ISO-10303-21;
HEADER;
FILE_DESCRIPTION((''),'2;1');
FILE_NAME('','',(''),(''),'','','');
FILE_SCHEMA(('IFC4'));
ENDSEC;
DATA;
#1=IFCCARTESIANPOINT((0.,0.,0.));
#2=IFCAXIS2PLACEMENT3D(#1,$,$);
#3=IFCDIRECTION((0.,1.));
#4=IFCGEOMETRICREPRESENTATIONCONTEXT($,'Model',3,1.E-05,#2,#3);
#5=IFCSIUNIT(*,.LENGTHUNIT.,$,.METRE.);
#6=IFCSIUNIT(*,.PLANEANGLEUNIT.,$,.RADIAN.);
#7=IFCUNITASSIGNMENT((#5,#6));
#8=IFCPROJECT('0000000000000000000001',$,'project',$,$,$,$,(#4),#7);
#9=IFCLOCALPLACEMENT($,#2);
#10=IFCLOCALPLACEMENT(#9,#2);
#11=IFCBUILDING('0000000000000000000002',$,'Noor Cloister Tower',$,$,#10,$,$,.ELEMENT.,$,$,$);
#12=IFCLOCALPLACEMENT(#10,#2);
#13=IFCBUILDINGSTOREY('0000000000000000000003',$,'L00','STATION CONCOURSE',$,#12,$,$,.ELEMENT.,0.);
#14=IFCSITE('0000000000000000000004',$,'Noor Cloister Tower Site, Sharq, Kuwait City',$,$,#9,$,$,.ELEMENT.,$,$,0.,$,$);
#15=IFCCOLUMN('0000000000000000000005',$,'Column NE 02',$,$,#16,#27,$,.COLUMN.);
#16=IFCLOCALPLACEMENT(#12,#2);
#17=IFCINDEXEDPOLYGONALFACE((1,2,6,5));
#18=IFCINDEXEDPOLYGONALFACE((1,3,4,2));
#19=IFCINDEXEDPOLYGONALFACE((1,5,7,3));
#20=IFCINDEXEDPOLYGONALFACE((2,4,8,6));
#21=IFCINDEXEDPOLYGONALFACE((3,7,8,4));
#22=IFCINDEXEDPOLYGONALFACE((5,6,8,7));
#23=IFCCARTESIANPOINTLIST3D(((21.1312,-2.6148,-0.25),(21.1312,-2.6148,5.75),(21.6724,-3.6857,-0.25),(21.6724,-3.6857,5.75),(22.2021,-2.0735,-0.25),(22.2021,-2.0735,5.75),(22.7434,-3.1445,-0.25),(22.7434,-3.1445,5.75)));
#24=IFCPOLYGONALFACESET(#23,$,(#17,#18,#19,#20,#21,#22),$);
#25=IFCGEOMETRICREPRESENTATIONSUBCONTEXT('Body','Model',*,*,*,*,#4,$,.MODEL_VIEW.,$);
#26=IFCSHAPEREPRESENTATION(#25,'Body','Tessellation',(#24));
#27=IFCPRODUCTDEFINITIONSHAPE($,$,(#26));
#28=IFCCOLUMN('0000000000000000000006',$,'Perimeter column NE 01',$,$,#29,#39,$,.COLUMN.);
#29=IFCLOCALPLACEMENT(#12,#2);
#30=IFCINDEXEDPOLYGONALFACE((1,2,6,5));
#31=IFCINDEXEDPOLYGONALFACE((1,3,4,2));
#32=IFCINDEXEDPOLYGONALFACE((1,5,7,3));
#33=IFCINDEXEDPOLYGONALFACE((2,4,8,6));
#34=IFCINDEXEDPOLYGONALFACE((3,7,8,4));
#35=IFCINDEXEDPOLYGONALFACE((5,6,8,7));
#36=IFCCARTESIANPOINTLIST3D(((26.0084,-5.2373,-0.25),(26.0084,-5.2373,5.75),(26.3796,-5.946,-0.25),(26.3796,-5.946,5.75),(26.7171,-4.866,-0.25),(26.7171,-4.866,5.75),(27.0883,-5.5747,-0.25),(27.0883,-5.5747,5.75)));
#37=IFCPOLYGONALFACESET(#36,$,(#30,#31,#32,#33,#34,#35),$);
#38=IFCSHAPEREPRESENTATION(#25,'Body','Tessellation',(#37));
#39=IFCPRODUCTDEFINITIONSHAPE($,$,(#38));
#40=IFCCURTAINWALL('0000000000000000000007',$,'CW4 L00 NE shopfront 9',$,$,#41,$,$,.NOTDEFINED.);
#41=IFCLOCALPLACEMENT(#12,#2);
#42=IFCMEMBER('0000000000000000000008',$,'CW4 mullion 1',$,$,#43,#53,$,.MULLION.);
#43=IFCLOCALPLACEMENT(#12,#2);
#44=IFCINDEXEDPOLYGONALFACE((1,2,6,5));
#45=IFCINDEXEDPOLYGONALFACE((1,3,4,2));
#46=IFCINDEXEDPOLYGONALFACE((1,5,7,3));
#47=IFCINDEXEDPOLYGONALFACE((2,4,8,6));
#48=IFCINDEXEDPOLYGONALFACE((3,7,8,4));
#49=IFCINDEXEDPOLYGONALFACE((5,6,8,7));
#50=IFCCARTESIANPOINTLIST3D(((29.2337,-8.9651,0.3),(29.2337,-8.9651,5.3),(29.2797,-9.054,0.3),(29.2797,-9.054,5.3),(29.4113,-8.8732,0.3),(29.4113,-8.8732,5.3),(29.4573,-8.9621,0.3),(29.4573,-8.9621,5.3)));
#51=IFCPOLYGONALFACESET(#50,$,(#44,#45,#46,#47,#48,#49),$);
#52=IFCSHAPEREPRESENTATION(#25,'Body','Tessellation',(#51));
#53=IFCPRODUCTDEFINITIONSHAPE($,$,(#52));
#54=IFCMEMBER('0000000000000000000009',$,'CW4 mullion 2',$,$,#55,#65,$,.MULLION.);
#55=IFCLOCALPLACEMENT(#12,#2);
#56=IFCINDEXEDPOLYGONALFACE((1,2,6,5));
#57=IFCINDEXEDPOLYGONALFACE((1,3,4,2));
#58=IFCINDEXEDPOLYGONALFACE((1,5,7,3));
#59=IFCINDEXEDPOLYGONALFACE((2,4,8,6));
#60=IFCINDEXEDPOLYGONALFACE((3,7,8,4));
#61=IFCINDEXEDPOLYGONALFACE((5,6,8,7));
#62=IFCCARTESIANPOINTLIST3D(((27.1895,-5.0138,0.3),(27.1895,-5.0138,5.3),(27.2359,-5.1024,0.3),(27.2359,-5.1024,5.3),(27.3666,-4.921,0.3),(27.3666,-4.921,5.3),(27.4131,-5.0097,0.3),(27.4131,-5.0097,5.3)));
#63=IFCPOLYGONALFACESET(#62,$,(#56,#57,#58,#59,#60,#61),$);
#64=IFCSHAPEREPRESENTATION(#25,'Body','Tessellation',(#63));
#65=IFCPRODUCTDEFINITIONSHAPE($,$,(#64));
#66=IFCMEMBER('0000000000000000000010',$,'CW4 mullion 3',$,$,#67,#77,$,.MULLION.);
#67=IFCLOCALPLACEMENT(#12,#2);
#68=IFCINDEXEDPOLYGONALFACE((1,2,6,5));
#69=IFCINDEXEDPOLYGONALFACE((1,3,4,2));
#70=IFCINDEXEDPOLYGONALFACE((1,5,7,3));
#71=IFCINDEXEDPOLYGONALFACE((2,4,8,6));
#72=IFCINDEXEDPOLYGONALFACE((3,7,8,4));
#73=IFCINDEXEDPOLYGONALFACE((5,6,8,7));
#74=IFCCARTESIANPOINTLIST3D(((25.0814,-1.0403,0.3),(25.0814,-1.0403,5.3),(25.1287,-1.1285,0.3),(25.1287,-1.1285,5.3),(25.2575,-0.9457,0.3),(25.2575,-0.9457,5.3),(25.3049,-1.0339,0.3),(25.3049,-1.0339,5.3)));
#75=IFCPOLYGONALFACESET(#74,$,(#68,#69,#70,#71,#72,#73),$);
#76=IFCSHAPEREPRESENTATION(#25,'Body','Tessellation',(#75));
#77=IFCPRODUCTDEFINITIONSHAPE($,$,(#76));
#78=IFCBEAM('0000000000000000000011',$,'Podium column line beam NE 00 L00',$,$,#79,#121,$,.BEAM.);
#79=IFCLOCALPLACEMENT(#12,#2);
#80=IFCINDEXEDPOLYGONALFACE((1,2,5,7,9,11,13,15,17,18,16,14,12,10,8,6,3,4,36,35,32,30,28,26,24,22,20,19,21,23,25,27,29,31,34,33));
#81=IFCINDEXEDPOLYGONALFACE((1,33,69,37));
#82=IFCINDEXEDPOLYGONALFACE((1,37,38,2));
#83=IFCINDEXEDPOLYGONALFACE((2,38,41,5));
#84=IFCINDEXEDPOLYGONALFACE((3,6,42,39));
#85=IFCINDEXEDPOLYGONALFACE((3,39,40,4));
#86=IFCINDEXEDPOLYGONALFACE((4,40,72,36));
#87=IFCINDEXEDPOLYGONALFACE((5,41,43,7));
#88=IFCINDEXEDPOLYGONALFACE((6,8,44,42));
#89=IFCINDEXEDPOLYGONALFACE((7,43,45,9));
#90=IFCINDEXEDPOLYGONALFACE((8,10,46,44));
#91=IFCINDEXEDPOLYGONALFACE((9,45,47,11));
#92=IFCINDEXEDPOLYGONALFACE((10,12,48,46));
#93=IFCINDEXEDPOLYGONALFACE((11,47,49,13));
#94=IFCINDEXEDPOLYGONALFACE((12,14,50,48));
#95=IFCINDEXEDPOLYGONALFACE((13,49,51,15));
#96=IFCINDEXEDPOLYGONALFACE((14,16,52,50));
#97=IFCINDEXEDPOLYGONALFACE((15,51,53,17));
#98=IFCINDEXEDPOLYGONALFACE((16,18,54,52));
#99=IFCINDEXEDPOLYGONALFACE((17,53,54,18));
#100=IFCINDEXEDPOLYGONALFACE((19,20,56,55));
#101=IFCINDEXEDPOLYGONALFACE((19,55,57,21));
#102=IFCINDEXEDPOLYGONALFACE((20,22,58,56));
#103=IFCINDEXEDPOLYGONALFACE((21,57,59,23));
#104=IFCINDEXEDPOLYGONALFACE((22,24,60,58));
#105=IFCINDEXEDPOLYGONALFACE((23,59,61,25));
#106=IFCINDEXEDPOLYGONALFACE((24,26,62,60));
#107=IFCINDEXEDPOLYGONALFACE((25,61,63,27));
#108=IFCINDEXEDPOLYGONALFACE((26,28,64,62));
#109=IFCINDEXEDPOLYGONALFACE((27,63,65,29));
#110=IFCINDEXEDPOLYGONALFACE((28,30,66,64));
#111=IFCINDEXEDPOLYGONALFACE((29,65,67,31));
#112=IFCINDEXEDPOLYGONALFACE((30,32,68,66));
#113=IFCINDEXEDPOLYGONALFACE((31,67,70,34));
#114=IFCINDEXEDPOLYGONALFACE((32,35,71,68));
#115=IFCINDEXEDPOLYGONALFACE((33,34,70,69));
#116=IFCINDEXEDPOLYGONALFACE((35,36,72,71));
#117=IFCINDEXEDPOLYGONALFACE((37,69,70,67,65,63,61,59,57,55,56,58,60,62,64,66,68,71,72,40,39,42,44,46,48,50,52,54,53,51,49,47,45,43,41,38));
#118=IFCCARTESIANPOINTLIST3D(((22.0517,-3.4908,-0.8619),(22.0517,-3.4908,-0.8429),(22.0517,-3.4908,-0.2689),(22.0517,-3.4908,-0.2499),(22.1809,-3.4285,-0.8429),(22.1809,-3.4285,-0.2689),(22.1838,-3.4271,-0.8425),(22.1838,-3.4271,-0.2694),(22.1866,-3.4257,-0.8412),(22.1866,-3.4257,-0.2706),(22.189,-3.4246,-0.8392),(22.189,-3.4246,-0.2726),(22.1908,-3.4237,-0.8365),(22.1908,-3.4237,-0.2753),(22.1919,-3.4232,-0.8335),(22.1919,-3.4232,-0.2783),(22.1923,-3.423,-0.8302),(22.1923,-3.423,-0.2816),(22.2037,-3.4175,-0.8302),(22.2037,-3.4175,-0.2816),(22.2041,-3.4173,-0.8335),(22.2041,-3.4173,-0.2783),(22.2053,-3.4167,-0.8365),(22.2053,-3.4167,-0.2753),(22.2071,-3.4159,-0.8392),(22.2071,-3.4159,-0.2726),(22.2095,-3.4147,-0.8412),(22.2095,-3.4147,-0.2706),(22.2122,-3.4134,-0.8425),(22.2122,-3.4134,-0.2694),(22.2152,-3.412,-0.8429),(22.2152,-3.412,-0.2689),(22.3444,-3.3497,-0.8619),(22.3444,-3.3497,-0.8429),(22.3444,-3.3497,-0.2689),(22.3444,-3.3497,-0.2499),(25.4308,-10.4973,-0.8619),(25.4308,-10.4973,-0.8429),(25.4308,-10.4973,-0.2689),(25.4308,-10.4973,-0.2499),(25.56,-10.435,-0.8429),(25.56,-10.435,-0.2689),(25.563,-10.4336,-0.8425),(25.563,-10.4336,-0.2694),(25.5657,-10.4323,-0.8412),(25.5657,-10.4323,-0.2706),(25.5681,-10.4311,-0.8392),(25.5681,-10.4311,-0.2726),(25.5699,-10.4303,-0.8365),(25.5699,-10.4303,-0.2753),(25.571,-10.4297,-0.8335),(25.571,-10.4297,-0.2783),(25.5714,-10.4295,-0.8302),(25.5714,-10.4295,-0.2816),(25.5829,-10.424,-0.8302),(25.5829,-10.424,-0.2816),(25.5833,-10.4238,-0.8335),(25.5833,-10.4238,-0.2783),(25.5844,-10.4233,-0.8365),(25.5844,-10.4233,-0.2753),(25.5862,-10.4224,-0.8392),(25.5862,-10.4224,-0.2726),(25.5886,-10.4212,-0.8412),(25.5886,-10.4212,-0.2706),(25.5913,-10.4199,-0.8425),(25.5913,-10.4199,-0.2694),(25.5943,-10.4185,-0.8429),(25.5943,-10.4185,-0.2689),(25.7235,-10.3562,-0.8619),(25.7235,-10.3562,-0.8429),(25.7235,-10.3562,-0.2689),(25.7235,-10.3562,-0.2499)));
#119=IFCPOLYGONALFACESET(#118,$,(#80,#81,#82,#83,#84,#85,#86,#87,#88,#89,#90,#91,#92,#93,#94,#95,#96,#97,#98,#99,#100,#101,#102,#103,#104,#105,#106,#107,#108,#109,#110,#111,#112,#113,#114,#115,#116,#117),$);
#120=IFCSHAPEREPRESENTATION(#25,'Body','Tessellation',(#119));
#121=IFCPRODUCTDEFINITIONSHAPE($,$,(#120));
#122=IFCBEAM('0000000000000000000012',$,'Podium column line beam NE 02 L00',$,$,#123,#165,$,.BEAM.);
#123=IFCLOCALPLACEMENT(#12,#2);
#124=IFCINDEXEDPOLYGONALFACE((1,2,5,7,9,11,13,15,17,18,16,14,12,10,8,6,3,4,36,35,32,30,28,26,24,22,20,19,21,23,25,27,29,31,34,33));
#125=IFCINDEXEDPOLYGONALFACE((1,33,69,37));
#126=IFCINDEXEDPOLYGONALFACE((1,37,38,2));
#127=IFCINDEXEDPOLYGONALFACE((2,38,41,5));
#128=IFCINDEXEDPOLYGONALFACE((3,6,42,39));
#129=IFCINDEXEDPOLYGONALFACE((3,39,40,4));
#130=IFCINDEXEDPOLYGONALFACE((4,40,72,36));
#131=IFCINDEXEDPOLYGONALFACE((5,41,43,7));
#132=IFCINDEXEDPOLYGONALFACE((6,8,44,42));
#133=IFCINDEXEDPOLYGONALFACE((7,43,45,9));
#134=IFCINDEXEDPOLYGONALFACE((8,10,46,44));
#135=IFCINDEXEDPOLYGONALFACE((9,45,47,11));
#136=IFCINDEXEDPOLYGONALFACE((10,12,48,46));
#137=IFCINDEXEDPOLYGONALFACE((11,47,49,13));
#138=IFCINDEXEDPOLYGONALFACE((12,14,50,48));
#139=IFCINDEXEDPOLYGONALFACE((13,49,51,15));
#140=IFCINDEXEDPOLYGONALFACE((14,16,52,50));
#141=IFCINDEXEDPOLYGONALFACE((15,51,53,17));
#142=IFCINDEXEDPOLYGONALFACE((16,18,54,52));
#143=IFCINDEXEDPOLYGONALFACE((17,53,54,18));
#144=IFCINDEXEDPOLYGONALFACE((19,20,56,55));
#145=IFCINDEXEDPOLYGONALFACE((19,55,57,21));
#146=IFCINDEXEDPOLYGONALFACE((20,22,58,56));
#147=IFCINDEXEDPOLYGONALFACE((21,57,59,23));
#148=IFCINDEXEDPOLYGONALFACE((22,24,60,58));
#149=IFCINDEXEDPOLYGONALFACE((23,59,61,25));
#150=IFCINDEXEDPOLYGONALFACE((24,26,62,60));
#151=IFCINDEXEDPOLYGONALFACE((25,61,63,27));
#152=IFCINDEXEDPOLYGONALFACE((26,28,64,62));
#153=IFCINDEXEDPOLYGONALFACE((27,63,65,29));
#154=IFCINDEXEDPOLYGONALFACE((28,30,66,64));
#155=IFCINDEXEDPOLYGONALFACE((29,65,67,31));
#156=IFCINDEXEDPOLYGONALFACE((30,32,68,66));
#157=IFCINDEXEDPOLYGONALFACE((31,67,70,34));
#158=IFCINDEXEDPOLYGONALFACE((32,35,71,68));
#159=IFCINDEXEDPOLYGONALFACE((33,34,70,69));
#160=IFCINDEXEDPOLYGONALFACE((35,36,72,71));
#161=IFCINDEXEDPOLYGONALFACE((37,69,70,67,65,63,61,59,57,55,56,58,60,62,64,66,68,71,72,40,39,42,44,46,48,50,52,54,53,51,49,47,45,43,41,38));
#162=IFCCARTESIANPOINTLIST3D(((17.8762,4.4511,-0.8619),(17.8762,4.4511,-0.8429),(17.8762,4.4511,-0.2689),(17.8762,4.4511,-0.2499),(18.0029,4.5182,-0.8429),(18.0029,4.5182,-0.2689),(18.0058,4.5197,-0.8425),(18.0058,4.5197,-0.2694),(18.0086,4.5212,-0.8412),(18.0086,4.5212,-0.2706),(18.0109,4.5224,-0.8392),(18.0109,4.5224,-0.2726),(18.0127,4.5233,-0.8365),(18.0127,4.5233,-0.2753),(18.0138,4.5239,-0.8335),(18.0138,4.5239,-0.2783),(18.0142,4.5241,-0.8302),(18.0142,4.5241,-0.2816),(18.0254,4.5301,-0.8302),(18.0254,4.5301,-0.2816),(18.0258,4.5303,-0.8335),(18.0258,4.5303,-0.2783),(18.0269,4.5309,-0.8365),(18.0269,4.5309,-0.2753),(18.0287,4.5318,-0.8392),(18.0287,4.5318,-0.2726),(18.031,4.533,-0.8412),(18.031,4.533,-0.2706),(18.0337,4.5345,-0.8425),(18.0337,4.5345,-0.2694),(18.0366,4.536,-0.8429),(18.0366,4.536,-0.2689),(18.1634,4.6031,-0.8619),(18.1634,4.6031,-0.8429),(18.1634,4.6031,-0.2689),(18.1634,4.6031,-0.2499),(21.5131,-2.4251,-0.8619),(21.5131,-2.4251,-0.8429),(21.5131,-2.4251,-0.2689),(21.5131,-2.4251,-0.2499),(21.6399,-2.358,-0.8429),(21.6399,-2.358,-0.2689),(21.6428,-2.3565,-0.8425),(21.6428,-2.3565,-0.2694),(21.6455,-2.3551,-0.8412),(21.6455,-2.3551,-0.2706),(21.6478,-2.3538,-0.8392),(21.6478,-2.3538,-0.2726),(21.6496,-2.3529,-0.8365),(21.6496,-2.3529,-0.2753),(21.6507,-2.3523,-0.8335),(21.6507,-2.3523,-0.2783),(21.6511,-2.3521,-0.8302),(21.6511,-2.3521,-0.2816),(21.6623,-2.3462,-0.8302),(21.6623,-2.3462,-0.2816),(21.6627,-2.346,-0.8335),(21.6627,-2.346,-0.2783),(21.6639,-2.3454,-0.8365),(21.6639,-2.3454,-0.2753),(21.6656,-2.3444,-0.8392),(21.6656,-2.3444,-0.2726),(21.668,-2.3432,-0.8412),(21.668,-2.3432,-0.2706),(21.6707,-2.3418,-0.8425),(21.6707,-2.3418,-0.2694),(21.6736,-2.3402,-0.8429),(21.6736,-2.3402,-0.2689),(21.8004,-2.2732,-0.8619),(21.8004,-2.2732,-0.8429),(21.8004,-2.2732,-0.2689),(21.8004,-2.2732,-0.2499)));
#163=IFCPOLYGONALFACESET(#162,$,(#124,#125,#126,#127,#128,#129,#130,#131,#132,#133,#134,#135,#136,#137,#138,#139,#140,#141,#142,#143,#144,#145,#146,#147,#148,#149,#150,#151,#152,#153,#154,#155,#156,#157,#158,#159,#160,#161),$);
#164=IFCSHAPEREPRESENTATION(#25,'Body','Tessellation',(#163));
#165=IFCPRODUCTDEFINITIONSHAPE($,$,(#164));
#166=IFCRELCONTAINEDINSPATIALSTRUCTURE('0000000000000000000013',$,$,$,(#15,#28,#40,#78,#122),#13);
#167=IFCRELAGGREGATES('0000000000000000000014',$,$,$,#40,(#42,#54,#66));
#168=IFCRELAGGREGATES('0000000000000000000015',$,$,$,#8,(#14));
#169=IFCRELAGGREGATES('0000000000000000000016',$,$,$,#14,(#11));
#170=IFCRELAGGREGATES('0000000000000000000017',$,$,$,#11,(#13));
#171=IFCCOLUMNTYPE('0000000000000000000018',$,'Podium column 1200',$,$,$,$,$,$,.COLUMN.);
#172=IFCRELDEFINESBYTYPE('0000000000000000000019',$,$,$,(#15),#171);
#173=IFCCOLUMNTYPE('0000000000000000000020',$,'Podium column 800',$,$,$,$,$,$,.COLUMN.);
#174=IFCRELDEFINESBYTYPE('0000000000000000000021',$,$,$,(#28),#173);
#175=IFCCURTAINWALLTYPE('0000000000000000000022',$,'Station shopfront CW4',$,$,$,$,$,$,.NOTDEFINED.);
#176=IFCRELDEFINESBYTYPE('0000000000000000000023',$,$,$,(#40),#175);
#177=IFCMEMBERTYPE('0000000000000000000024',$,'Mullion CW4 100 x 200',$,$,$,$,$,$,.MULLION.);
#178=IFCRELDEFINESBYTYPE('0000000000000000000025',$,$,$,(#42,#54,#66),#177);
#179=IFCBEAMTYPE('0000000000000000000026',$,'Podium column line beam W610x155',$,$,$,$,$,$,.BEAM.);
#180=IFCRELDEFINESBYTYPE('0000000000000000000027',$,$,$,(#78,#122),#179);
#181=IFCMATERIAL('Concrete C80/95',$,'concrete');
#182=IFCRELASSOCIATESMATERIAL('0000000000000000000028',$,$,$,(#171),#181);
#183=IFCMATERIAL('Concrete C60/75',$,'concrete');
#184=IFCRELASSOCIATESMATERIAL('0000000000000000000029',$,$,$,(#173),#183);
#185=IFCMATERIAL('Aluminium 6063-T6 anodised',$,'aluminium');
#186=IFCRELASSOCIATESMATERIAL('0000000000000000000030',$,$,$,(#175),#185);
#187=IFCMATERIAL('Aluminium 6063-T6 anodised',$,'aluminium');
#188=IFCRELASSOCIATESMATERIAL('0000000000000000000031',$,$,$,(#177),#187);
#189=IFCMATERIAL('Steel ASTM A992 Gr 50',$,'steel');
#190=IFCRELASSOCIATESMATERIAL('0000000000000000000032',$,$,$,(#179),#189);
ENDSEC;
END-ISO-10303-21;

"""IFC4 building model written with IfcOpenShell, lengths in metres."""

from ifc_helpers import new_model, si_unit, direction, frame, origin, origin_2d, place, context, subcontext, project, spatial, rectangle, i_section, extrude, material, material_profile, profile_set, type_object, element, aggregate, save


model = new_model("IFC4")

# Units and contexts
model_context = context("Model", 3, precision=1e-05, world=origin(), true_north=direction((0.0, 1.0)))
body_context = subcontext(model_context, "Body", "Model", "MODEL_VIEW")
ifc_project = project(units=[si_unit("LENGTHUNIT", "METRE"), si_unit("PLANEANGLEUNIT", "RADIAN")], contexts=[model_context])

# Site, building, storey
site_placement = place(None, origin())
site = spatial("IfcSite", under=ifc_project, at=site_placement, Name="Noor Cloister Tower Site, Sharq, Kuwait City", CompositionType="ELEMENT", RefElevation=0.0)
building_placement = place(site_placement, origin())
building = spatial("IfcBuilding", under=site, at=building_placement, Name="Noor Cloister Tower", CompositionType="ELEMENT")
storey_placement = place(building_placement, origin())
storey = spatial("IfcBuildingStorey", under=building, at=storey_placement, Name="L00", Description="STATION CONCOURSE", CompositionType="ELEMENT", Elevation=0.0)

# Columns
ifc_material_1 = material(Name="Concrete C80/95", Category="concrete")
ifc_material_profile_1 = material_profile(ifc_material_1, rectangle(XDim=1.2, YDim=1.2, at=origin_2d()), Name="Podium column 1200")
ifc_profile_set_1 = profile_set([ifc_material_profile_1], Name="Concrete C80/95")
column_type_1 = type_object("IfcColumnType", Name="Podium column 1200", PredefinedType="COLUMN", material=ifc_profile_set_1)
column_1_placement = place(storey_placement, frame((21.9373, -2.8796, -0.25), z_axis=(0.0, 0.0, 1.0), x_axis=(0.892501, 0.451046, 0.0)))
element("IfcColumn", 1, at=column_1_placement, inside=storey, type_object=column_type_1, Name="Column NE 02", PredefinedType="COLUMN", context=body_context, shape_type="SweptSolid", body=[
    extrude(rectangle(XDim=1.2, YDim=1.2, at=origin_2d()), origin(), (0.0, 0.0, 1.0), 6.0),
])
ifc_material_2 = material(Name="Concrete C60/75", Category="concrete")
ifc_material_profile_2 = material_profile(ifc_material_2, rectangle(XDim=0.8, YDim=0.8, at=origin_2d()), Name="Podium column 800")
ifc_profile_set_2 = profile_set([ifc_material_profile_2], Name="Concrete C60/75")
column_type_2 = type_object("IfcColumnType", Name="Podium column 800", PredefinedType="COLUMN", material=ifc_profile_set_2)
column_2_placement = place(storey_placement, frame((26.5483, -5.406, -0.25), z_axis=(0.0, 0.0, 1.0), x_axis=(0.885828, 0.464014, 0.0)))
element("IfcColumn", 2, at=column_2_placement, inside=storey, type_object=column_type_2, Name="Perimeter column NE 01", PredefinedType="COLUMN", context=body_context, shape_type="SweptSolid", body=[
    extrude(rectangle(XDim=0.8, YDim=0.8, at=origin_2d()), origin(), (0.0, 0.0, 1.0), 6.0),
])

# Curtain wall, members
ifc_material_3 = material(Name="Aluminium 6063-T6 anodised", Category="aluminium")
curtain_wall_type = type_object("IfcCurtainWallType", Name="Station shopfront CW4", PredefinedType="NOTDEFINED", material=ifc_material_3)
curtain_wall_placement = place(storey_placement, origin())
curtain_wall = element("IfcCurtainWall", 3, at=curtain_wall_placement, inside=storey, type_object=curtain_wall_type, Name="CW4 L00 NE shopfront 9", PredefinedType="NOTDEFINED")
ifc_material_4 = material(Name="Aluminium 6063-T6 anodised", Category="aluminium")
ifc_material_profile_3 = material_profile(ifc_material_4, rectangle(XDim=0.2, YDim=0.1001, at=origin_2d()), Name="200 x 100 mullion")
ifc_profile_set_3 = profile_set([ifc_material_profile_3], Name="Aluminium 6063-T6 anodised")
member_type = type_object("IfcMemberType", Name="Mullion CW4 100 x 200", PredefinedType="MULLION", material=ifc_profile_set_3)
member_1_placement = place(storey_placement, frame((29.3455, -8.9636, 0.3), z_axis=(0.0, 0.0, 1.0), x_axis=(-0.888199, -0.45946, 0.0)))
member_1 = element("IfcMember", 4, at=member_1_placement, type_object=member_type, Name="CW4 mullion 1", PredefinedType="MULLION", context=body_context, shape_type="SweptSolid", body=[
    extrude(rectangle(XDim=0.2, YDim=0.1001, at=origin_2d()), origin(), (0.0, 0.0, 1.0), 5.0),
])
member_2_placement = place(storey_placement, frame((27.3013, -5.0117, 0.3), z_axis=(0.0, 0.0, 1.0), x_axis=(-0.885828, -0.464014, 0.0)))
member_2 = element("IfcMember", 5, at=member_2_placement, type_object=member_type, Name="CW4 mullion 2", PredefinedType="MULLION", context=body_context, shape_type="SweptSolid", body=[
    extrude(rectangle(XDim=0.2, YDim=0.1001, at=origin_2d()), origin(), (0.0, 0.0, 1.0), 5.0),
])
member_3_placement = place(storey_placement, frame((25.1931, -1.0371, 0.3), z_axis=(0.0, 0.0, 1.0), x_axis=(-0.881016, -0.473087, 0.0)))
member_3 = element("IfcMember", 6, at=member_3_placement, type_object=member_type, Name="CW4 mullion 3", PredefinedType="MULLION", context=body_context, shape_type="SweptSolid", body=[
    extrude(rectangle(XDim=0.2, YDim=0.1001, at=origin_2d()), origin(), (0.0, 0.0, 1.0), 5.0),
])

# Beams
ifc_material_5 = material(Name="Steel ASTM A992 Gr 50", Category="steel")
ifc_material_profile_4 = material_profile(ifc_material_5, i_section(OverallWidth=0.325, OverallDepth=0.6121, WebThickness=0.0127, FlangeThickness=0.019, FilletRadius=0.0127, at=origin_2d()), Name="W610x155")
ifc_profile_set_4 = profile_set([ifc_material_profile_4], Name="Steel ASTM A992 Gr 50")
beam_type_1 = type_object("IfcBeamType", Name="Podium column line beam W610x155", PredefinedType="BEAM", material=ifc_profile_set_4)
for number, where, z_axis, x_axis, name in (
    (7, (25.5771, -10.4268, -0.5559), (-0.434401, 0.90072, 0.0), (-0.90072, -0.434401, 0.0), "Podium column line beam NE 00 L00"),
    (8, (21.6567, -2.3491, -0.5559), (-0.467547, 0.883968, 0.0), (-0.883968, -0.467547, 0.0), "Podium column line beam NE 02 L00"),
):
    element("IfcBeam", number, at=place(storey_placement, frame(where, z_axis=z_axis, x_axis=x_axis)), inside=storey, type_object=beam_type_1, Name=name, PredefinedType="BEAM", context=body_context, shape_type="SweptSolid", body=[
        extrude(i_section(OverallWidth=0.325, OverallDepth=0.6121, WebThickness=0.0127, FlangeThickness=0.019, FilletRadius=0.0127, at=origin_2d()), origin(), (0.0, 0.0, 1.0), 7.7788),
    ])

aggregate(curtain_wall, [member_1, member_2, member_3])

save(model, "model.ifc")
